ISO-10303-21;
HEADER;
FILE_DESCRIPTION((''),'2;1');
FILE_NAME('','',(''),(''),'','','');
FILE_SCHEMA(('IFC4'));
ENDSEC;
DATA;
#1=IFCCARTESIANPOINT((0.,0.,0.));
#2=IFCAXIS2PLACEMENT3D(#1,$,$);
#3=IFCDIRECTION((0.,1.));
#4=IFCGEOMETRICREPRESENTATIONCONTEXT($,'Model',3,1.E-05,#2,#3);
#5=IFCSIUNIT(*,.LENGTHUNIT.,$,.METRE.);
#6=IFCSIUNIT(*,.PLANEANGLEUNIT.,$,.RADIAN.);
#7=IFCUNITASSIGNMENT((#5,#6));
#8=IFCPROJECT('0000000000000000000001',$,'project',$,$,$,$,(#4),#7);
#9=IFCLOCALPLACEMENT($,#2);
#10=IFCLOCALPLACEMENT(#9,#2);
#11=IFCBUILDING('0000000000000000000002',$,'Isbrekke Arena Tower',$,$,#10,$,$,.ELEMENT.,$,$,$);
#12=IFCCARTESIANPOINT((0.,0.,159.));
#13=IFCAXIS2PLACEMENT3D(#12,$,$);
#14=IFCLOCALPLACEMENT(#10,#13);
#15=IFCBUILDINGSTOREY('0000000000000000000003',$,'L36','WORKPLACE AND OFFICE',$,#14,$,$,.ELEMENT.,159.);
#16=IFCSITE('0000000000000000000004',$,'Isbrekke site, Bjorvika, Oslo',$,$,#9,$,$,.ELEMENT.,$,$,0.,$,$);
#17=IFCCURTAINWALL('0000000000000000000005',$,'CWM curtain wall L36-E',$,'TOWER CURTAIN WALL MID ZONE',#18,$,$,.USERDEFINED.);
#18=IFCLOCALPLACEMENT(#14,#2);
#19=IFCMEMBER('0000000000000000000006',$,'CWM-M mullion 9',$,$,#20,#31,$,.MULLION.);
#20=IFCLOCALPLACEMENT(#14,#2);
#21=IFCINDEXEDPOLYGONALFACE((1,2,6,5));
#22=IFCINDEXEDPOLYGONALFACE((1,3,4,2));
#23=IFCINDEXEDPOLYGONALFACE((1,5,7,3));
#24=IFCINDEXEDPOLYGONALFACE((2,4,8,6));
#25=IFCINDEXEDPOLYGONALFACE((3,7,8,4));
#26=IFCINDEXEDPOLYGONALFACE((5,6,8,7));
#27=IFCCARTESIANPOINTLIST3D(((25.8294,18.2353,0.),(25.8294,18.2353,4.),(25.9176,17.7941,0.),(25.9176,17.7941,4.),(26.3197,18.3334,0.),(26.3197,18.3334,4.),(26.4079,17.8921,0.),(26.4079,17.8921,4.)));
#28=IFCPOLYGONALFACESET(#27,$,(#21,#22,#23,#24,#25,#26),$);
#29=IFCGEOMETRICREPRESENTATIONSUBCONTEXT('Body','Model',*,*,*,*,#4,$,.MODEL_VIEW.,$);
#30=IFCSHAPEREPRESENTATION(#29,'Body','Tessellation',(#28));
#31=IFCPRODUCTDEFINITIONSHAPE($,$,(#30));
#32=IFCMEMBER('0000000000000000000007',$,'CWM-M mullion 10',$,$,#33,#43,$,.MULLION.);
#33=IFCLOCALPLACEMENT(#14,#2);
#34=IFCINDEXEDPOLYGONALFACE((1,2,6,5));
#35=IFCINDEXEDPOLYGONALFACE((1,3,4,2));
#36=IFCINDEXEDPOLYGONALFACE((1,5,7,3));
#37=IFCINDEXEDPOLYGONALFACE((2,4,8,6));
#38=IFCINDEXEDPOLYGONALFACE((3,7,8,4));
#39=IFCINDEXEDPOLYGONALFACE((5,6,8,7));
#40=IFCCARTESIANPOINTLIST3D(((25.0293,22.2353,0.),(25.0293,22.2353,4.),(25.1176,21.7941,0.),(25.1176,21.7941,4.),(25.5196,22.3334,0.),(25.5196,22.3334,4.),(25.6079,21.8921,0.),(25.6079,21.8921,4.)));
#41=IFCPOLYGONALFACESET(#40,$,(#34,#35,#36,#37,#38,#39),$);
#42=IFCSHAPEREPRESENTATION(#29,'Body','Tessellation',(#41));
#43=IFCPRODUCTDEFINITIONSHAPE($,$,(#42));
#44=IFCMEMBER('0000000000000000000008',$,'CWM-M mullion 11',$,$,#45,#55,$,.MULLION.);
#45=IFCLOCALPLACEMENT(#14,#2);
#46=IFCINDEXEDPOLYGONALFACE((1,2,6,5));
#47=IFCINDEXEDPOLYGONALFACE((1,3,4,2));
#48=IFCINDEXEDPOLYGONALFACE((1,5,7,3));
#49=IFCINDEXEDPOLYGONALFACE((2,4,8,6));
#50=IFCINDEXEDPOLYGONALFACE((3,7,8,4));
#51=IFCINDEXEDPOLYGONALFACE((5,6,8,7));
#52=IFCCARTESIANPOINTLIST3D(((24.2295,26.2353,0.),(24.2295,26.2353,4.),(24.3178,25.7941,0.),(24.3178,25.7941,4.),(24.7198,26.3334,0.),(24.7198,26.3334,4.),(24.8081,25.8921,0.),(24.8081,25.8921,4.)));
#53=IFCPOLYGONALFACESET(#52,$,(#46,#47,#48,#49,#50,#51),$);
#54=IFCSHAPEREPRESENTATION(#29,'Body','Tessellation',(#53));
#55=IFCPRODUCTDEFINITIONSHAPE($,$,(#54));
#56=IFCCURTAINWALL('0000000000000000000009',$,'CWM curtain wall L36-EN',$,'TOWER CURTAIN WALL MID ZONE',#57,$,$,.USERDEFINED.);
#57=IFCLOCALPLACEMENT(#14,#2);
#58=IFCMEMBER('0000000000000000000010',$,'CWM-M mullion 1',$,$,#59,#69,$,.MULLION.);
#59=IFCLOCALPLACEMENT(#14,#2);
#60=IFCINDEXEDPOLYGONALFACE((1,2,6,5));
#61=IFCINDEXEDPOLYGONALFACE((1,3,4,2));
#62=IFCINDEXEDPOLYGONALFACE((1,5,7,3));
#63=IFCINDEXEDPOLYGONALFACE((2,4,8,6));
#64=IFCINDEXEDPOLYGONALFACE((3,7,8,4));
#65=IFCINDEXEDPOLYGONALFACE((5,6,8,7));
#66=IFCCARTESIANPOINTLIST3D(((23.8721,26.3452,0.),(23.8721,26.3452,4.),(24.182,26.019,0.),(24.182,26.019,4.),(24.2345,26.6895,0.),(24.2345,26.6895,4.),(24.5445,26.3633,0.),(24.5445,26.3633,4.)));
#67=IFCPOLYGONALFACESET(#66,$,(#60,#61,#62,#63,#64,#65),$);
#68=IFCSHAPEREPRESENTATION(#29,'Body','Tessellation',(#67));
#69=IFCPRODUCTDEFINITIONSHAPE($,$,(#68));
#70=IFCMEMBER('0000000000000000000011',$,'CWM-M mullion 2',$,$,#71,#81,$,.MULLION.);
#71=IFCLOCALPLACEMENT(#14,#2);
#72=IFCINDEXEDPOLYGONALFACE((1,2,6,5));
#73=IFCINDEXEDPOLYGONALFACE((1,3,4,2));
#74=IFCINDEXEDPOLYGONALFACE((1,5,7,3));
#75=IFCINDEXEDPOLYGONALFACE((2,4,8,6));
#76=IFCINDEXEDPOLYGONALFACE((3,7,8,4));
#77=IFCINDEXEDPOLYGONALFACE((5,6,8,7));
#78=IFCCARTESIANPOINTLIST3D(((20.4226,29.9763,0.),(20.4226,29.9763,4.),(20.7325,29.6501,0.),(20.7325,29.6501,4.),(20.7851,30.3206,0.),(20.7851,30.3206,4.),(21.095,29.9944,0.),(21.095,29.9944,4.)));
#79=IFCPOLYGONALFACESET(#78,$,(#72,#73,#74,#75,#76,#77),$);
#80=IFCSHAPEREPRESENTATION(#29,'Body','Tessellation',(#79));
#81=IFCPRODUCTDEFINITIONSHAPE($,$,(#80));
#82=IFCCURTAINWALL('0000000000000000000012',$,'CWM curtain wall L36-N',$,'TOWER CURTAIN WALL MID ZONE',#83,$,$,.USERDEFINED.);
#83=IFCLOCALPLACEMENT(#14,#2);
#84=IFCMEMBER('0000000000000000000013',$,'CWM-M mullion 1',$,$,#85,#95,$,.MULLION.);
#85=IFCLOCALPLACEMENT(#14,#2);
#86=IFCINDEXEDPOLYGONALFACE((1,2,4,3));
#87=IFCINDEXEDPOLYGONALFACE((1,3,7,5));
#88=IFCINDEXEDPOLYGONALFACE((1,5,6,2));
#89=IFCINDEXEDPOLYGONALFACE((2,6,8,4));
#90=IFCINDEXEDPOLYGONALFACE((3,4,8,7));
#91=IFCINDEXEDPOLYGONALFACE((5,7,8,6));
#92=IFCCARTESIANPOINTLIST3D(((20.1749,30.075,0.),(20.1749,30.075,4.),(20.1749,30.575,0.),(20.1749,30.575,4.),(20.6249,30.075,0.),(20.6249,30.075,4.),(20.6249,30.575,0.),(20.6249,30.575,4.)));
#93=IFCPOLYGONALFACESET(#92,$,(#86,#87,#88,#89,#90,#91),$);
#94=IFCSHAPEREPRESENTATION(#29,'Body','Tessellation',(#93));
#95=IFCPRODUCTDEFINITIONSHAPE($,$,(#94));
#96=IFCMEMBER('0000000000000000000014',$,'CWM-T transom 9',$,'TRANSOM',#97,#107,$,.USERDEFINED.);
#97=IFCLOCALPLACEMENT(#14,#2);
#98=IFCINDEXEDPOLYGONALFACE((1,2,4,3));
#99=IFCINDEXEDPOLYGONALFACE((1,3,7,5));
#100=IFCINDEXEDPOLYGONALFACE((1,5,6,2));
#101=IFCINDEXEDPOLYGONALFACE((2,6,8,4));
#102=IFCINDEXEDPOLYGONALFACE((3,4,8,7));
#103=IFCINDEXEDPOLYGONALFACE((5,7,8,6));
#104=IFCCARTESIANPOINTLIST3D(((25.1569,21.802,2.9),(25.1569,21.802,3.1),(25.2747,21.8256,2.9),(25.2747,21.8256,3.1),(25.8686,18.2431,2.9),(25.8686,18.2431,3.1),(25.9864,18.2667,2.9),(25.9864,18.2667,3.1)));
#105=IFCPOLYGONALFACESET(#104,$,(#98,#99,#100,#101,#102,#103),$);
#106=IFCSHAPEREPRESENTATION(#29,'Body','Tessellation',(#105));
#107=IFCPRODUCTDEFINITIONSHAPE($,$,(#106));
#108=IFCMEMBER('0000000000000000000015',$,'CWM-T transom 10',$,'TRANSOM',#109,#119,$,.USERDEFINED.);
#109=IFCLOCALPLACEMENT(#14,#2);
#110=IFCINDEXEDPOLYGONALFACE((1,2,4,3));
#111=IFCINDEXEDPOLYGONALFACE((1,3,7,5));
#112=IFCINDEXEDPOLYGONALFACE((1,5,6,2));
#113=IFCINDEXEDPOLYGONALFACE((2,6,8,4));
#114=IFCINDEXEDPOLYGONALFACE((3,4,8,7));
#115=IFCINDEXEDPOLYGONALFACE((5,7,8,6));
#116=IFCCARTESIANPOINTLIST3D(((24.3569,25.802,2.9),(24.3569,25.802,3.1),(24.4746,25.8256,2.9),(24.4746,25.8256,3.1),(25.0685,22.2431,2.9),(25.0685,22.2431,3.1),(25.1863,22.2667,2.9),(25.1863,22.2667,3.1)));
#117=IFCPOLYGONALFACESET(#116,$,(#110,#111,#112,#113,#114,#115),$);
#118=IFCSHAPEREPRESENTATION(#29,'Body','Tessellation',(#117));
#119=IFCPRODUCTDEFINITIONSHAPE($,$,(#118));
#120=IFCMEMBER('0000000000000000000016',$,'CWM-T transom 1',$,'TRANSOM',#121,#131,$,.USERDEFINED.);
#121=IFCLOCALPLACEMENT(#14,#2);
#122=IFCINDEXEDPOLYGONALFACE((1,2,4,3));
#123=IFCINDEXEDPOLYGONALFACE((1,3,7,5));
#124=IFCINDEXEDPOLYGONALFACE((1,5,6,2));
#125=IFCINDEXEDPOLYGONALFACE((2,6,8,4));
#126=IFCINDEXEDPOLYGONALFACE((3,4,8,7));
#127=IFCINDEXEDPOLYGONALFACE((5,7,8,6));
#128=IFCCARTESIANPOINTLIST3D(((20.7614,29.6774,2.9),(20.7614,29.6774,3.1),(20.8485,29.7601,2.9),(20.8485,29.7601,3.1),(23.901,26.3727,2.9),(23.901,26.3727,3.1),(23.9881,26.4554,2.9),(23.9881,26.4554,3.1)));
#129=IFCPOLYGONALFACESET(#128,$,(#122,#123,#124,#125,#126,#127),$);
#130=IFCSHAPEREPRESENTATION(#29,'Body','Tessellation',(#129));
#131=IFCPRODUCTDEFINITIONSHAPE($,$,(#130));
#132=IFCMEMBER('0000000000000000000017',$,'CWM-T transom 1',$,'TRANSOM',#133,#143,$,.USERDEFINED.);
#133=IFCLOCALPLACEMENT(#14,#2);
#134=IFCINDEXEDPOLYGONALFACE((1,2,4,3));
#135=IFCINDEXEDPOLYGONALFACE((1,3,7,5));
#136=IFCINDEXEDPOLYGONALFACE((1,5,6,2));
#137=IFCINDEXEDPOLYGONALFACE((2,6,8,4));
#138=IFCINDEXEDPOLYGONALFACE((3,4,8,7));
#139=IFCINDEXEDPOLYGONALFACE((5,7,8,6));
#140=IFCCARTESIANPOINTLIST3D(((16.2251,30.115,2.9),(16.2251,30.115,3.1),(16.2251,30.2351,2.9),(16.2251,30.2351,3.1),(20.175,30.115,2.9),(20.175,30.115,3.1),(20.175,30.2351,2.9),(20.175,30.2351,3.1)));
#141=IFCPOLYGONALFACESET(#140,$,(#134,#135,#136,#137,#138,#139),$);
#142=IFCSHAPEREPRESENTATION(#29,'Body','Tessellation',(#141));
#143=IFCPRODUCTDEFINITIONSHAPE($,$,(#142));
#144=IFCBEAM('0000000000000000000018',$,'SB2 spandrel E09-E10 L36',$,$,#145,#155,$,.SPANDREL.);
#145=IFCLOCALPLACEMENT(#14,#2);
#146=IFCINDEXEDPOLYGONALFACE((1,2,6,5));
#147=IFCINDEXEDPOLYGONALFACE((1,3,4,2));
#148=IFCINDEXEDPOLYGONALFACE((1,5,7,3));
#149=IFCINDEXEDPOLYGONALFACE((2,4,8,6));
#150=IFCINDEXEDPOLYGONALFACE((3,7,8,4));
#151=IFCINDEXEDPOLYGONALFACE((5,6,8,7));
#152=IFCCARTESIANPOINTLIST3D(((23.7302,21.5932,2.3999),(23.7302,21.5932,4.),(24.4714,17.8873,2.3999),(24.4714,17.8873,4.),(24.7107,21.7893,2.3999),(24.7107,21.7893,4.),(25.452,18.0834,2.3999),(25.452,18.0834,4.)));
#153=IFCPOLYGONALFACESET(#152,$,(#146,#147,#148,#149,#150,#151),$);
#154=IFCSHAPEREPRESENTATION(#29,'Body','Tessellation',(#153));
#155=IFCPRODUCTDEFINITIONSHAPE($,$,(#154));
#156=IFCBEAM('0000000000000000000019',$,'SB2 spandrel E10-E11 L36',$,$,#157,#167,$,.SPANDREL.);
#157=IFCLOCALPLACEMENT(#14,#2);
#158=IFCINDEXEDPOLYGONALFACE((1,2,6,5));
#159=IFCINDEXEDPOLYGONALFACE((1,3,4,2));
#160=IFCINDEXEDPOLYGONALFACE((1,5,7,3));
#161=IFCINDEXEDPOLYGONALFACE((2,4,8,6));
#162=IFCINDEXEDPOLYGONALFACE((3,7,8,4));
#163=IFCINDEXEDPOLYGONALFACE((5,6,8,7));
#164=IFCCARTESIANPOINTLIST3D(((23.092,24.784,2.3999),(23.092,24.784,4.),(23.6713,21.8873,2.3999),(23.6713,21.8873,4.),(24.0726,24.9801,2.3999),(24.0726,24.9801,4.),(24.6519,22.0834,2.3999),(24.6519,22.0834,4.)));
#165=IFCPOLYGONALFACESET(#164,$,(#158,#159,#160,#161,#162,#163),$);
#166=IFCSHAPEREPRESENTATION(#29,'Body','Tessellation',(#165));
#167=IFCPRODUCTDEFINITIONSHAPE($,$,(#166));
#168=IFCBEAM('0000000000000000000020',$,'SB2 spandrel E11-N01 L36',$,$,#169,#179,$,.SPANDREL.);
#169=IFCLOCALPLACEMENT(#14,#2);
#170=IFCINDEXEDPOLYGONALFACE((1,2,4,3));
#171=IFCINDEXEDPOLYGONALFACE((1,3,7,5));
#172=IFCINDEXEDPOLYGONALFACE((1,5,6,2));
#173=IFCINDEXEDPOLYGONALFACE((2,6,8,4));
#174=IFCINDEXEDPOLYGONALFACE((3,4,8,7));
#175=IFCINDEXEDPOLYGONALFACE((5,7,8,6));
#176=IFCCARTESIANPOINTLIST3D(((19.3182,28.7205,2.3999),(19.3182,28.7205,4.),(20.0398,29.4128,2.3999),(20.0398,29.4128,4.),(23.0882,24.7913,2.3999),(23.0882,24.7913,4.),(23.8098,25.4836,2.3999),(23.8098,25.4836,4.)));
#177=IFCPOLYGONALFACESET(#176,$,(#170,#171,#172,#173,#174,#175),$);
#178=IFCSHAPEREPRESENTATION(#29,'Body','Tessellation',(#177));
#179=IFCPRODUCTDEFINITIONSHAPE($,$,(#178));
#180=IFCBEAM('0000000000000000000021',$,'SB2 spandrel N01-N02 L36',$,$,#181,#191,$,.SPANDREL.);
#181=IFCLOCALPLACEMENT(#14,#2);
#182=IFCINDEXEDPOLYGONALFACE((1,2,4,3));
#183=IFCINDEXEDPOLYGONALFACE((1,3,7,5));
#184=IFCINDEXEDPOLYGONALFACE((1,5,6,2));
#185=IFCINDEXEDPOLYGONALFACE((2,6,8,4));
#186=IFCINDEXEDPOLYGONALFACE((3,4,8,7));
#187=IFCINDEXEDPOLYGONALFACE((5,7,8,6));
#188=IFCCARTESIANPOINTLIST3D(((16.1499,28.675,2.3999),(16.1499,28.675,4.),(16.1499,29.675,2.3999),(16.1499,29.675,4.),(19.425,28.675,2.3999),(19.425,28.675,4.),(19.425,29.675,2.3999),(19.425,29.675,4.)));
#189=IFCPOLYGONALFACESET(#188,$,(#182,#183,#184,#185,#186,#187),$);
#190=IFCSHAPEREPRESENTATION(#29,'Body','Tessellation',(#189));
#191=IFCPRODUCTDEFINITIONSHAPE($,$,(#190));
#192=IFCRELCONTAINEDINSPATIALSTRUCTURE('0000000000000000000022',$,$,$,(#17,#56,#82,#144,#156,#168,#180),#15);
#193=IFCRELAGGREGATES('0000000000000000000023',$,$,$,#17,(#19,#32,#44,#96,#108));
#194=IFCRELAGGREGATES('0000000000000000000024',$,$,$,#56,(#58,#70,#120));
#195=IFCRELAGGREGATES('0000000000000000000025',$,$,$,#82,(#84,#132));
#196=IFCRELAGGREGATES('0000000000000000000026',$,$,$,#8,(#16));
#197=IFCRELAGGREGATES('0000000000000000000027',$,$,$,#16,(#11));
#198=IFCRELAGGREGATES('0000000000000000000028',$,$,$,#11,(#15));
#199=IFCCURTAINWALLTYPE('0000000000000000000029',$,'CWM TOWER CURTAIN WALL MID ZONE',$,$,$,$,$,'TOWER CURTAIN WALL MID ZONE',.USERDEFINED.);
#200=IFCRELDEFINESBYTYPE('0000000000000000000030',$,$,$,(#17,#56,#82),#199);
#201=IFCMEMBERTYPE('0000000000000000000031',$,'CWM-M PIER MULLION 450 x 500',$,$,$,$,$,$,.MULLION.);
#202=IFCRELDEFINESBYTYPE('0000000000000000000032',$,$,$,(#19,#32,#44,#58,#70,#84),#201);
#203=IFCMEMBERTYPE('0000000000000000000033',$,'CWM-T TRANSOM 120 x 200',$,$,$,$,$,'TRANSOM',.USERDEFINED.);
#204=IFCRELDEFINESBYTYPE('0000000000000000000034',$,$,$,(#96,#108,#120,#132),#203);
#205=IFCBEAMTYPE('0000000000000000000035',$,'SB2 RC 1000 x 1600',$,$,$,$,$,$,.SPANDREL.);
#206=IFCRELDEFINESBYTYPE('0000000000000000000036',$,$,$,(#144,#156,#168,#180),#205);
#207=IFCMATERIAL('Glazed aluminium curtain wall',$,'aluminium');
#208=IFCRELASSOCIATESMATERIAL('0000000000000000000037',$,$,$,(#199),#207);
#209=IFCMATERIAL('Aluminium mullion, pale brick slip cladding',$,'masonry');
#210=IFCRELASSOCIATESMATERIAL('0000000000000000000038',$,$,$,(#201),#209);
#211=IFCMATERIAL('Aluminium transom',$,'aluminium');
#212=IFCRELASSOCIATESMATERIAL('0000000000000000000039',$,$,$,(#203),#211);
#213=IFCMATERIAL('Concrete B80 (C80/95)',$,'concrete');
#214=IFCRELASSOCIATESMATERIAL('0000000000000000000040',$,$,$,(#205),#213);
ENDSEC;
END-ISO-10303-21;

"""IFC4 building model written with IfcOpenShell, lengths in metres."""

from ifc_helpers import new_model, si_unit, direction, frame, origin, origin_2d, place, context, subcontext, project, spatial, rectangle, extrude, material, material_profile, profile_set, type_object, element, aggregate, save


model = new_model("IFC4")

# Units and contexts
model_context = context("Model", 3, precision=1e-05, world=origin(), true_north=direction((0.0, 1.0)))
body_context = subcontext(model_context, "Body", "Model", "MODEL_VIEW")
ifc_project = project(units=[si_unit("LENGTHUNIT", "METRE"), si_unit("PLANEANGLEUNIT", "RADIAN")], contexts=[model_context])

# Site, building, storey
site_placement = place(None, origin())
site = spatial("IfcSite", under=ifc_project, at=site_placement, Name="Isbrekke site, Bjorvika, Oslo", CompositionType="ELEMENT", RefElevation=0.0)
building_placement = place(site_placement, origin())
building = spatial("IfcBuilding", under=site, at=building_placement, Name="Isbrekke Arena Tower", CompositionType="ELEMENT")
storey_placement = place(building_placement, frame((0.0, 0.0, 159.0)))
storey = spatial("IfcBuildingStorey", under=building, at=storey_placement, Name="L36", Description="WORKPLACE AND OFFICE", CompositionType="ELEMENT", Elevation=159.0)

# Curtain walls, members
ifc_material_1 = material(Name="Glazed aluminium curtain wall", Category="aluminium")
curtain_wall_type = type_object("IfcCurtainWallType", Name="CWM TOWER CURTAIN WALL MID ZONE", ElementType="TOWER CURTAIN WALL MID ZONE", PredefinedType="USERDEFINED", material=ifc_material_1)
curtain_wall_1_placement = place(storey_placement, origin())
curtain_wall_1 = element("IfcCurtainWall", 1, at=curtain_wall_1_placement, inside=storey, type_object=curtain_wall_type, Name="CWM curtain wall L36-E", ObjectType="TOWER CURTAIN WALL MID ZONE", PredefinedType="USERDEFINED")
ifc_material_2 = material(Name="Aluminium mullion, pale brick slip cladding", Category="masonry")
ifc_material_profile_1 = material_profile(ifc_material_2, rectangle(XDim=0.45, YDim=0.5, at=origin_2d()), Name="PIER 450X500")
ifc_profile_set_1 = profile_set([ifc_material_profile_1], Name="Aluminium mullion, pale brick slip cladding")
member_type_1 = type_object("IfcMemberType", Name="CWM-M PIER MULLION 450 x 500", PredefinedType="MULLION", material=ifc_profile_set_1)
member_1_placement = place(storey_placement, frame((26.1187, 18.0637, 0.0), z_axis=(0.0, 0.0, 1.0), x_axis=(-0.196116, 0.980581, 0.0)))
member_1 = element("IfcMember", 2, at=member_1_placement, type_object=member_type_1, Name="CWM-M mullion 9", PredefinedType="MULLION", context=body_context, shape_type="SweptSolid", body=[
    extrude(rectangle(XDim=0.45, YDim=0.5, at=origin_2d()), origin(), (0.0, 0.0, 1.0), 4.0),
])
member_2_placement = place(storey_placement, frame((25.3186, 22.0637, 0.0), z_axis=(0.0, 0.0, 1.0), x_axis=(-0.196116, 0.980581, 0.0)))
member_2 = element("IfcMember", 3, at=member_2_placement, type_object=member_type_1, Name="CWM-M mullion 10", PredefinedType="MULLION", context=body_context, shape_type="SweptSolid", body=[
    extrude(rectangle(XDim=0.45, YDim=0.5, at=origin_2d()), origin(), (0.0, 0.0, 1.0), 4.0),
])
member_3_placement = place(storey_placement, frame((24.5188, 26.0637, 0.0), z_axis=(0.0, 0.0, 1.0), x_axis=(-0.196116, 0.980581, 0.0)))
member_3 = element("IfcMember", 4, at=member_3_placement, type_object=member_type_1, Name="CWM-M mullion 11", PredefinedType="MULLION", context=body_context, shape_type="SweptSolid", body=[
    extrude(rectangle(XDim=0.45, YDim=0.5, at=origin_2d()), origin(), (0.0, 0.0, 1.0), 4.0),
])
curtain_wall_2_placement = place(storey_placement, origin())
curtain_wall_2 = element("IfcCurtainWall", 5, at=curtain_wall_2_placement, inside=storey, type_object=curtain_wall_type, Name="CWM curtain wall L36-EN", ObjectType="TOWER CURTAIN WALL MID ZONE", PredefinedType="USERDEFINED")
member_4_placement = place(storey_placement, frame((24.2083, 26.3542, 0.0), z_axis=(0.0, 0.0, 1.0), x_axis=(-0.688749, 0.724999, 0.0)))
member_4 = element("IfcMember", 6, at=member_4_placement, type_object=member_type_1, Name="CWM-M mullion 1", PredefinedType="MULLION", context=body_context, shape_type="SweptSolid", body=[
    extrude(rectangle(XDim=0.45, YDim=0.5, at=origin_2d()), origin(), (0.0, 0.0, 1.0), 4.0),
])
member_5_placement = place(storey_placement, frame((20.7588, 29.9854, 0.0), z_axis=(0.0, 0.0, 1.0), x_axis=(-0.688749, 0.724999, 0.0)))
member_5 = element("IfcMember", 7, at=member_5_placement, type_object=member_type_1, Name="CWM-M mullion 2", PredefinedType="MULLION", context=body_context, shape_type="SweptSolid", body=[
    extrude(rectangle(XDim=0.45, YDim=0.5, at=origin_2d()), origin(), (0.0, 0.0, 1.0), 4.0),
])

# Curtain wall, member
curtain_wall_3_placement = place(storey_placement, origin())
curtain_wall_3 = element("IfcCurtainWall", 8, at=curtain_wall_3_placement, inside=storey, type_object=curtain_wall_type, Name="CWM curtain wall L36-N", ObjectType="TOWER CURTAIN WALL MID ZONE", PredefinedType="USERDEFINED")
member_6_placement = place(storey_placement, frame((20.3999, 30.325, 0.0), z_axis=(0.0, 0.0, 1.0), x_axis=(-1.0, 0.0, 0.0)))
member_6 = element("IfcMember", 9, at=member_6_placement, type_object=member_type_1, Name="CWM-M mullion 1", PredefinedType="MULLION", context=body_context, shape_type="SweptSolid", body=[
    extrude(rectangle(XDim=0.45, YDim=0.5, at=origin_2d()), origin(), (0.0, 0.0, 1.0), 4.0),
])

# Members
ifc_material_3 = material(Name="Aluminium transom", Category="aluminium")
ifc_material_profile_2 = material_profile(ifc_material_3, rectangle(XDim=0.1201, YDim=0.2, at=origin_2d()), Name="TRANSOM 120X200")
ifc_profile_set_2 = profile_set([ifc_material_profile_2], Name="Aluminium transom")
member_type_2 = type_object("IfcMemberType", Name="CWM-T TRANSOM 120 x 200", ElementType="TRANSOM", PredefinedType="USERDEFINED", material=ifc_profile_set_2)
member_7_placement = place(storey_placement, frame((25.9275, 18.2549, 3.0), z_axis=(-0.19609, 0.980586, 0.0), x_axis=(-0.980586, -0.19609, 0.0)))
member_7 = element("IfcMember", 10, at=member_7_placement, type_object=member_type_2, Name="CWM-T transom 9", ObjectType="TRANSOM", PredefinedType="USERDEFINED", context=body_context, shape_type="SweptSolid", body=[
    extrude(rectangle(XDim=0.1201, YDim=0.2, at=origin_2d()), origin(), (0.0, 0.0, 1.0), 3.6294),
])
member_8_placement = place(storey_placement, frame((25.1274, 22.2549, 3.0), z_axis=(-0.19609, 0.980586, 0.0), x_axis=(-0.980586, -0.19609, 0.0)))
member_8 = element("IfcMember", 11, at=member_8_placement, type_object=member_type_2, Name="CWM-T transom 10", ObjectType="TRANSOM", PredefinedType="USERDEFINED", context=body_context, shape_type="SweptSolid", body=[
    extrude(rectangle(XDim=0.1201, YDim=0.2, at=origin_2d()), origin(), (0.0, 0.0, 1.0), 3.6294),
])
member_9_placement = place(storey_placement, frame((23.9446, 26.4141, 3.0), z_axis=(-0.688772, 0.724978, 0.0), x_axis=(-0.724978, -0.688772, 0.0)))
member_9 = element("IfcMember", 12, at=member_9_placement, type_object=member_type_2, Name="CWM-T transom 1", ObjectType="TRANSOM", PredefinedType="USERDEFINED", context=body_context, shape_type="SweptSolid", body=[
    extrude(rectangle(XDim=0.1201, YDim=0.2, at=origin_2d()), origin(), (0.0, 0.0, 1.0), 4.5583),
])
member_10_placement = place(storey_placement, frame((20.175, 30.175, 3.0), z_axis=(-1.0, 0.0, 0.0), x_axis=(0.0, -1.0, 0.0)))
member_10 = element("IfcMember", 13, at=member_10_placement, type_object=member_type_2, Name="CWM-T transom 1", ObjectType="TRANSOM", PredefinedType="USERDEFINED", context=body_context, shape_type="SweptSolid", body=[
    extrude(rectangle(XDim=0.1201, YDim=0.2, at=origin_2d()), origin(), (0.0, 0.0, 1.0), 3.95),
])

# Beams
ifc_material_4 = material(Name="Concrete B80 (C80/95)", Category="concrete")
ifc_material_profile_3 = material_profile(ifc_material_4, rectangle(XDim=1.0, YDim=1.6001, at=origin_2d()), Name="RC 1000x1600")
ifc_profile_set_3 = profile_set([ifc_material_profile_3], Name="Concrete B80 (C80/95)")
beam_type_1 = type_object("IfcBeamType", Name="SB2 RC 1000 x 1600", PredefinedType="SPANDREL", material=ifc_profile_set_3)
beam_1_placement = place(storey_placement, frame((24.9617, 17.9854, 3.2), z_axis=(-0.196129, 0.980578, 0.0), x_axis=(-0.980578, -0.196129, 0.0)))
element("IfcBeam", 14, at=beam_1_placement, inside=storey, type_object=beam_type_1, Name="SB2 spandrel E09-E10 L36", PredefinedType="SPANDREL", context=body_context, shape_type="SweptSolid", body=[
    extrude(rectangle(XDim=1.0, YDim=1.6001, at=origin_2d()), origin(), (0.0, 0.0, 1.0), 3.7793),
])
beam_2_placement = place(storey_placement, frame((24.1616, 21.9854, 3.2), z_axis=(-0.196116, 0.980581, 0.0), x_axis=(-0.980581, -0.196116, 0.0)))
element("IfcBeam", 15, at=beam_2_placement, inside=storey, type_object=beam_type_1, Name="SB2 spandrel E10-E11 L36", PredefinedType="SPANDREL", context=body_context, shape_type="SweptSolid", body=[
    extrude(rectangle(XDim=1.0, YDim=1.6001, at=origin_2d()), origin(), (0.0, 0.0, 1.0), 2.9541),
])
beam_3_placement = place(storey_placement, frame((23.449, 25.1375, 3.2), z_axis=(-0.69234, 0.721572, 0.0), x_axis=(-0.721572, -0.69234, 0.0)))
element("IfcBeam", 16, at=beam_3_placement, inside=storey, type_object=beam_type_1, Name="SB2 spandrel E11-N01 L36", PredefinedType="SPANDREL", context=body_context, shape_type="SweptSolid", body=[
    extrude(rectangle(XDim=1.0, YDim=1.6001, at=origin_2d()), origin(), (0.0, 0.0, 1.0), 5.4453),
])
beam_4_placement = place(storey_placement, frame((19.425, 29.175, 3.2), z_axis=(-1.0, 0.0, 0.0), x_axis=(0.0, -1.0, 0.0)))
element("IfcBeam", 17, at=beam_4_placement, inside=storey, type_object=beam_type_1, Name="SB2 spandrel N01-N02 L36", PredefinedType="SPANDREL", context=body_context, shape_type="SweptSolid", body=[
    extrude(rectangle(XDim=1.0, YDim=1.6001, at=origin_2d()), origin(), (0.0, 0.0, 1.0), 3.2751),
])

aggregate(curtain_wall_1, [member_1, member_2, member_3, member_7, member_8])
aggregate(curtain_wall_2, [member_4, member_5, member_9])
aggregate(curtain_wall_3, [member_6, member_10])

save(model, "model.ifc")
